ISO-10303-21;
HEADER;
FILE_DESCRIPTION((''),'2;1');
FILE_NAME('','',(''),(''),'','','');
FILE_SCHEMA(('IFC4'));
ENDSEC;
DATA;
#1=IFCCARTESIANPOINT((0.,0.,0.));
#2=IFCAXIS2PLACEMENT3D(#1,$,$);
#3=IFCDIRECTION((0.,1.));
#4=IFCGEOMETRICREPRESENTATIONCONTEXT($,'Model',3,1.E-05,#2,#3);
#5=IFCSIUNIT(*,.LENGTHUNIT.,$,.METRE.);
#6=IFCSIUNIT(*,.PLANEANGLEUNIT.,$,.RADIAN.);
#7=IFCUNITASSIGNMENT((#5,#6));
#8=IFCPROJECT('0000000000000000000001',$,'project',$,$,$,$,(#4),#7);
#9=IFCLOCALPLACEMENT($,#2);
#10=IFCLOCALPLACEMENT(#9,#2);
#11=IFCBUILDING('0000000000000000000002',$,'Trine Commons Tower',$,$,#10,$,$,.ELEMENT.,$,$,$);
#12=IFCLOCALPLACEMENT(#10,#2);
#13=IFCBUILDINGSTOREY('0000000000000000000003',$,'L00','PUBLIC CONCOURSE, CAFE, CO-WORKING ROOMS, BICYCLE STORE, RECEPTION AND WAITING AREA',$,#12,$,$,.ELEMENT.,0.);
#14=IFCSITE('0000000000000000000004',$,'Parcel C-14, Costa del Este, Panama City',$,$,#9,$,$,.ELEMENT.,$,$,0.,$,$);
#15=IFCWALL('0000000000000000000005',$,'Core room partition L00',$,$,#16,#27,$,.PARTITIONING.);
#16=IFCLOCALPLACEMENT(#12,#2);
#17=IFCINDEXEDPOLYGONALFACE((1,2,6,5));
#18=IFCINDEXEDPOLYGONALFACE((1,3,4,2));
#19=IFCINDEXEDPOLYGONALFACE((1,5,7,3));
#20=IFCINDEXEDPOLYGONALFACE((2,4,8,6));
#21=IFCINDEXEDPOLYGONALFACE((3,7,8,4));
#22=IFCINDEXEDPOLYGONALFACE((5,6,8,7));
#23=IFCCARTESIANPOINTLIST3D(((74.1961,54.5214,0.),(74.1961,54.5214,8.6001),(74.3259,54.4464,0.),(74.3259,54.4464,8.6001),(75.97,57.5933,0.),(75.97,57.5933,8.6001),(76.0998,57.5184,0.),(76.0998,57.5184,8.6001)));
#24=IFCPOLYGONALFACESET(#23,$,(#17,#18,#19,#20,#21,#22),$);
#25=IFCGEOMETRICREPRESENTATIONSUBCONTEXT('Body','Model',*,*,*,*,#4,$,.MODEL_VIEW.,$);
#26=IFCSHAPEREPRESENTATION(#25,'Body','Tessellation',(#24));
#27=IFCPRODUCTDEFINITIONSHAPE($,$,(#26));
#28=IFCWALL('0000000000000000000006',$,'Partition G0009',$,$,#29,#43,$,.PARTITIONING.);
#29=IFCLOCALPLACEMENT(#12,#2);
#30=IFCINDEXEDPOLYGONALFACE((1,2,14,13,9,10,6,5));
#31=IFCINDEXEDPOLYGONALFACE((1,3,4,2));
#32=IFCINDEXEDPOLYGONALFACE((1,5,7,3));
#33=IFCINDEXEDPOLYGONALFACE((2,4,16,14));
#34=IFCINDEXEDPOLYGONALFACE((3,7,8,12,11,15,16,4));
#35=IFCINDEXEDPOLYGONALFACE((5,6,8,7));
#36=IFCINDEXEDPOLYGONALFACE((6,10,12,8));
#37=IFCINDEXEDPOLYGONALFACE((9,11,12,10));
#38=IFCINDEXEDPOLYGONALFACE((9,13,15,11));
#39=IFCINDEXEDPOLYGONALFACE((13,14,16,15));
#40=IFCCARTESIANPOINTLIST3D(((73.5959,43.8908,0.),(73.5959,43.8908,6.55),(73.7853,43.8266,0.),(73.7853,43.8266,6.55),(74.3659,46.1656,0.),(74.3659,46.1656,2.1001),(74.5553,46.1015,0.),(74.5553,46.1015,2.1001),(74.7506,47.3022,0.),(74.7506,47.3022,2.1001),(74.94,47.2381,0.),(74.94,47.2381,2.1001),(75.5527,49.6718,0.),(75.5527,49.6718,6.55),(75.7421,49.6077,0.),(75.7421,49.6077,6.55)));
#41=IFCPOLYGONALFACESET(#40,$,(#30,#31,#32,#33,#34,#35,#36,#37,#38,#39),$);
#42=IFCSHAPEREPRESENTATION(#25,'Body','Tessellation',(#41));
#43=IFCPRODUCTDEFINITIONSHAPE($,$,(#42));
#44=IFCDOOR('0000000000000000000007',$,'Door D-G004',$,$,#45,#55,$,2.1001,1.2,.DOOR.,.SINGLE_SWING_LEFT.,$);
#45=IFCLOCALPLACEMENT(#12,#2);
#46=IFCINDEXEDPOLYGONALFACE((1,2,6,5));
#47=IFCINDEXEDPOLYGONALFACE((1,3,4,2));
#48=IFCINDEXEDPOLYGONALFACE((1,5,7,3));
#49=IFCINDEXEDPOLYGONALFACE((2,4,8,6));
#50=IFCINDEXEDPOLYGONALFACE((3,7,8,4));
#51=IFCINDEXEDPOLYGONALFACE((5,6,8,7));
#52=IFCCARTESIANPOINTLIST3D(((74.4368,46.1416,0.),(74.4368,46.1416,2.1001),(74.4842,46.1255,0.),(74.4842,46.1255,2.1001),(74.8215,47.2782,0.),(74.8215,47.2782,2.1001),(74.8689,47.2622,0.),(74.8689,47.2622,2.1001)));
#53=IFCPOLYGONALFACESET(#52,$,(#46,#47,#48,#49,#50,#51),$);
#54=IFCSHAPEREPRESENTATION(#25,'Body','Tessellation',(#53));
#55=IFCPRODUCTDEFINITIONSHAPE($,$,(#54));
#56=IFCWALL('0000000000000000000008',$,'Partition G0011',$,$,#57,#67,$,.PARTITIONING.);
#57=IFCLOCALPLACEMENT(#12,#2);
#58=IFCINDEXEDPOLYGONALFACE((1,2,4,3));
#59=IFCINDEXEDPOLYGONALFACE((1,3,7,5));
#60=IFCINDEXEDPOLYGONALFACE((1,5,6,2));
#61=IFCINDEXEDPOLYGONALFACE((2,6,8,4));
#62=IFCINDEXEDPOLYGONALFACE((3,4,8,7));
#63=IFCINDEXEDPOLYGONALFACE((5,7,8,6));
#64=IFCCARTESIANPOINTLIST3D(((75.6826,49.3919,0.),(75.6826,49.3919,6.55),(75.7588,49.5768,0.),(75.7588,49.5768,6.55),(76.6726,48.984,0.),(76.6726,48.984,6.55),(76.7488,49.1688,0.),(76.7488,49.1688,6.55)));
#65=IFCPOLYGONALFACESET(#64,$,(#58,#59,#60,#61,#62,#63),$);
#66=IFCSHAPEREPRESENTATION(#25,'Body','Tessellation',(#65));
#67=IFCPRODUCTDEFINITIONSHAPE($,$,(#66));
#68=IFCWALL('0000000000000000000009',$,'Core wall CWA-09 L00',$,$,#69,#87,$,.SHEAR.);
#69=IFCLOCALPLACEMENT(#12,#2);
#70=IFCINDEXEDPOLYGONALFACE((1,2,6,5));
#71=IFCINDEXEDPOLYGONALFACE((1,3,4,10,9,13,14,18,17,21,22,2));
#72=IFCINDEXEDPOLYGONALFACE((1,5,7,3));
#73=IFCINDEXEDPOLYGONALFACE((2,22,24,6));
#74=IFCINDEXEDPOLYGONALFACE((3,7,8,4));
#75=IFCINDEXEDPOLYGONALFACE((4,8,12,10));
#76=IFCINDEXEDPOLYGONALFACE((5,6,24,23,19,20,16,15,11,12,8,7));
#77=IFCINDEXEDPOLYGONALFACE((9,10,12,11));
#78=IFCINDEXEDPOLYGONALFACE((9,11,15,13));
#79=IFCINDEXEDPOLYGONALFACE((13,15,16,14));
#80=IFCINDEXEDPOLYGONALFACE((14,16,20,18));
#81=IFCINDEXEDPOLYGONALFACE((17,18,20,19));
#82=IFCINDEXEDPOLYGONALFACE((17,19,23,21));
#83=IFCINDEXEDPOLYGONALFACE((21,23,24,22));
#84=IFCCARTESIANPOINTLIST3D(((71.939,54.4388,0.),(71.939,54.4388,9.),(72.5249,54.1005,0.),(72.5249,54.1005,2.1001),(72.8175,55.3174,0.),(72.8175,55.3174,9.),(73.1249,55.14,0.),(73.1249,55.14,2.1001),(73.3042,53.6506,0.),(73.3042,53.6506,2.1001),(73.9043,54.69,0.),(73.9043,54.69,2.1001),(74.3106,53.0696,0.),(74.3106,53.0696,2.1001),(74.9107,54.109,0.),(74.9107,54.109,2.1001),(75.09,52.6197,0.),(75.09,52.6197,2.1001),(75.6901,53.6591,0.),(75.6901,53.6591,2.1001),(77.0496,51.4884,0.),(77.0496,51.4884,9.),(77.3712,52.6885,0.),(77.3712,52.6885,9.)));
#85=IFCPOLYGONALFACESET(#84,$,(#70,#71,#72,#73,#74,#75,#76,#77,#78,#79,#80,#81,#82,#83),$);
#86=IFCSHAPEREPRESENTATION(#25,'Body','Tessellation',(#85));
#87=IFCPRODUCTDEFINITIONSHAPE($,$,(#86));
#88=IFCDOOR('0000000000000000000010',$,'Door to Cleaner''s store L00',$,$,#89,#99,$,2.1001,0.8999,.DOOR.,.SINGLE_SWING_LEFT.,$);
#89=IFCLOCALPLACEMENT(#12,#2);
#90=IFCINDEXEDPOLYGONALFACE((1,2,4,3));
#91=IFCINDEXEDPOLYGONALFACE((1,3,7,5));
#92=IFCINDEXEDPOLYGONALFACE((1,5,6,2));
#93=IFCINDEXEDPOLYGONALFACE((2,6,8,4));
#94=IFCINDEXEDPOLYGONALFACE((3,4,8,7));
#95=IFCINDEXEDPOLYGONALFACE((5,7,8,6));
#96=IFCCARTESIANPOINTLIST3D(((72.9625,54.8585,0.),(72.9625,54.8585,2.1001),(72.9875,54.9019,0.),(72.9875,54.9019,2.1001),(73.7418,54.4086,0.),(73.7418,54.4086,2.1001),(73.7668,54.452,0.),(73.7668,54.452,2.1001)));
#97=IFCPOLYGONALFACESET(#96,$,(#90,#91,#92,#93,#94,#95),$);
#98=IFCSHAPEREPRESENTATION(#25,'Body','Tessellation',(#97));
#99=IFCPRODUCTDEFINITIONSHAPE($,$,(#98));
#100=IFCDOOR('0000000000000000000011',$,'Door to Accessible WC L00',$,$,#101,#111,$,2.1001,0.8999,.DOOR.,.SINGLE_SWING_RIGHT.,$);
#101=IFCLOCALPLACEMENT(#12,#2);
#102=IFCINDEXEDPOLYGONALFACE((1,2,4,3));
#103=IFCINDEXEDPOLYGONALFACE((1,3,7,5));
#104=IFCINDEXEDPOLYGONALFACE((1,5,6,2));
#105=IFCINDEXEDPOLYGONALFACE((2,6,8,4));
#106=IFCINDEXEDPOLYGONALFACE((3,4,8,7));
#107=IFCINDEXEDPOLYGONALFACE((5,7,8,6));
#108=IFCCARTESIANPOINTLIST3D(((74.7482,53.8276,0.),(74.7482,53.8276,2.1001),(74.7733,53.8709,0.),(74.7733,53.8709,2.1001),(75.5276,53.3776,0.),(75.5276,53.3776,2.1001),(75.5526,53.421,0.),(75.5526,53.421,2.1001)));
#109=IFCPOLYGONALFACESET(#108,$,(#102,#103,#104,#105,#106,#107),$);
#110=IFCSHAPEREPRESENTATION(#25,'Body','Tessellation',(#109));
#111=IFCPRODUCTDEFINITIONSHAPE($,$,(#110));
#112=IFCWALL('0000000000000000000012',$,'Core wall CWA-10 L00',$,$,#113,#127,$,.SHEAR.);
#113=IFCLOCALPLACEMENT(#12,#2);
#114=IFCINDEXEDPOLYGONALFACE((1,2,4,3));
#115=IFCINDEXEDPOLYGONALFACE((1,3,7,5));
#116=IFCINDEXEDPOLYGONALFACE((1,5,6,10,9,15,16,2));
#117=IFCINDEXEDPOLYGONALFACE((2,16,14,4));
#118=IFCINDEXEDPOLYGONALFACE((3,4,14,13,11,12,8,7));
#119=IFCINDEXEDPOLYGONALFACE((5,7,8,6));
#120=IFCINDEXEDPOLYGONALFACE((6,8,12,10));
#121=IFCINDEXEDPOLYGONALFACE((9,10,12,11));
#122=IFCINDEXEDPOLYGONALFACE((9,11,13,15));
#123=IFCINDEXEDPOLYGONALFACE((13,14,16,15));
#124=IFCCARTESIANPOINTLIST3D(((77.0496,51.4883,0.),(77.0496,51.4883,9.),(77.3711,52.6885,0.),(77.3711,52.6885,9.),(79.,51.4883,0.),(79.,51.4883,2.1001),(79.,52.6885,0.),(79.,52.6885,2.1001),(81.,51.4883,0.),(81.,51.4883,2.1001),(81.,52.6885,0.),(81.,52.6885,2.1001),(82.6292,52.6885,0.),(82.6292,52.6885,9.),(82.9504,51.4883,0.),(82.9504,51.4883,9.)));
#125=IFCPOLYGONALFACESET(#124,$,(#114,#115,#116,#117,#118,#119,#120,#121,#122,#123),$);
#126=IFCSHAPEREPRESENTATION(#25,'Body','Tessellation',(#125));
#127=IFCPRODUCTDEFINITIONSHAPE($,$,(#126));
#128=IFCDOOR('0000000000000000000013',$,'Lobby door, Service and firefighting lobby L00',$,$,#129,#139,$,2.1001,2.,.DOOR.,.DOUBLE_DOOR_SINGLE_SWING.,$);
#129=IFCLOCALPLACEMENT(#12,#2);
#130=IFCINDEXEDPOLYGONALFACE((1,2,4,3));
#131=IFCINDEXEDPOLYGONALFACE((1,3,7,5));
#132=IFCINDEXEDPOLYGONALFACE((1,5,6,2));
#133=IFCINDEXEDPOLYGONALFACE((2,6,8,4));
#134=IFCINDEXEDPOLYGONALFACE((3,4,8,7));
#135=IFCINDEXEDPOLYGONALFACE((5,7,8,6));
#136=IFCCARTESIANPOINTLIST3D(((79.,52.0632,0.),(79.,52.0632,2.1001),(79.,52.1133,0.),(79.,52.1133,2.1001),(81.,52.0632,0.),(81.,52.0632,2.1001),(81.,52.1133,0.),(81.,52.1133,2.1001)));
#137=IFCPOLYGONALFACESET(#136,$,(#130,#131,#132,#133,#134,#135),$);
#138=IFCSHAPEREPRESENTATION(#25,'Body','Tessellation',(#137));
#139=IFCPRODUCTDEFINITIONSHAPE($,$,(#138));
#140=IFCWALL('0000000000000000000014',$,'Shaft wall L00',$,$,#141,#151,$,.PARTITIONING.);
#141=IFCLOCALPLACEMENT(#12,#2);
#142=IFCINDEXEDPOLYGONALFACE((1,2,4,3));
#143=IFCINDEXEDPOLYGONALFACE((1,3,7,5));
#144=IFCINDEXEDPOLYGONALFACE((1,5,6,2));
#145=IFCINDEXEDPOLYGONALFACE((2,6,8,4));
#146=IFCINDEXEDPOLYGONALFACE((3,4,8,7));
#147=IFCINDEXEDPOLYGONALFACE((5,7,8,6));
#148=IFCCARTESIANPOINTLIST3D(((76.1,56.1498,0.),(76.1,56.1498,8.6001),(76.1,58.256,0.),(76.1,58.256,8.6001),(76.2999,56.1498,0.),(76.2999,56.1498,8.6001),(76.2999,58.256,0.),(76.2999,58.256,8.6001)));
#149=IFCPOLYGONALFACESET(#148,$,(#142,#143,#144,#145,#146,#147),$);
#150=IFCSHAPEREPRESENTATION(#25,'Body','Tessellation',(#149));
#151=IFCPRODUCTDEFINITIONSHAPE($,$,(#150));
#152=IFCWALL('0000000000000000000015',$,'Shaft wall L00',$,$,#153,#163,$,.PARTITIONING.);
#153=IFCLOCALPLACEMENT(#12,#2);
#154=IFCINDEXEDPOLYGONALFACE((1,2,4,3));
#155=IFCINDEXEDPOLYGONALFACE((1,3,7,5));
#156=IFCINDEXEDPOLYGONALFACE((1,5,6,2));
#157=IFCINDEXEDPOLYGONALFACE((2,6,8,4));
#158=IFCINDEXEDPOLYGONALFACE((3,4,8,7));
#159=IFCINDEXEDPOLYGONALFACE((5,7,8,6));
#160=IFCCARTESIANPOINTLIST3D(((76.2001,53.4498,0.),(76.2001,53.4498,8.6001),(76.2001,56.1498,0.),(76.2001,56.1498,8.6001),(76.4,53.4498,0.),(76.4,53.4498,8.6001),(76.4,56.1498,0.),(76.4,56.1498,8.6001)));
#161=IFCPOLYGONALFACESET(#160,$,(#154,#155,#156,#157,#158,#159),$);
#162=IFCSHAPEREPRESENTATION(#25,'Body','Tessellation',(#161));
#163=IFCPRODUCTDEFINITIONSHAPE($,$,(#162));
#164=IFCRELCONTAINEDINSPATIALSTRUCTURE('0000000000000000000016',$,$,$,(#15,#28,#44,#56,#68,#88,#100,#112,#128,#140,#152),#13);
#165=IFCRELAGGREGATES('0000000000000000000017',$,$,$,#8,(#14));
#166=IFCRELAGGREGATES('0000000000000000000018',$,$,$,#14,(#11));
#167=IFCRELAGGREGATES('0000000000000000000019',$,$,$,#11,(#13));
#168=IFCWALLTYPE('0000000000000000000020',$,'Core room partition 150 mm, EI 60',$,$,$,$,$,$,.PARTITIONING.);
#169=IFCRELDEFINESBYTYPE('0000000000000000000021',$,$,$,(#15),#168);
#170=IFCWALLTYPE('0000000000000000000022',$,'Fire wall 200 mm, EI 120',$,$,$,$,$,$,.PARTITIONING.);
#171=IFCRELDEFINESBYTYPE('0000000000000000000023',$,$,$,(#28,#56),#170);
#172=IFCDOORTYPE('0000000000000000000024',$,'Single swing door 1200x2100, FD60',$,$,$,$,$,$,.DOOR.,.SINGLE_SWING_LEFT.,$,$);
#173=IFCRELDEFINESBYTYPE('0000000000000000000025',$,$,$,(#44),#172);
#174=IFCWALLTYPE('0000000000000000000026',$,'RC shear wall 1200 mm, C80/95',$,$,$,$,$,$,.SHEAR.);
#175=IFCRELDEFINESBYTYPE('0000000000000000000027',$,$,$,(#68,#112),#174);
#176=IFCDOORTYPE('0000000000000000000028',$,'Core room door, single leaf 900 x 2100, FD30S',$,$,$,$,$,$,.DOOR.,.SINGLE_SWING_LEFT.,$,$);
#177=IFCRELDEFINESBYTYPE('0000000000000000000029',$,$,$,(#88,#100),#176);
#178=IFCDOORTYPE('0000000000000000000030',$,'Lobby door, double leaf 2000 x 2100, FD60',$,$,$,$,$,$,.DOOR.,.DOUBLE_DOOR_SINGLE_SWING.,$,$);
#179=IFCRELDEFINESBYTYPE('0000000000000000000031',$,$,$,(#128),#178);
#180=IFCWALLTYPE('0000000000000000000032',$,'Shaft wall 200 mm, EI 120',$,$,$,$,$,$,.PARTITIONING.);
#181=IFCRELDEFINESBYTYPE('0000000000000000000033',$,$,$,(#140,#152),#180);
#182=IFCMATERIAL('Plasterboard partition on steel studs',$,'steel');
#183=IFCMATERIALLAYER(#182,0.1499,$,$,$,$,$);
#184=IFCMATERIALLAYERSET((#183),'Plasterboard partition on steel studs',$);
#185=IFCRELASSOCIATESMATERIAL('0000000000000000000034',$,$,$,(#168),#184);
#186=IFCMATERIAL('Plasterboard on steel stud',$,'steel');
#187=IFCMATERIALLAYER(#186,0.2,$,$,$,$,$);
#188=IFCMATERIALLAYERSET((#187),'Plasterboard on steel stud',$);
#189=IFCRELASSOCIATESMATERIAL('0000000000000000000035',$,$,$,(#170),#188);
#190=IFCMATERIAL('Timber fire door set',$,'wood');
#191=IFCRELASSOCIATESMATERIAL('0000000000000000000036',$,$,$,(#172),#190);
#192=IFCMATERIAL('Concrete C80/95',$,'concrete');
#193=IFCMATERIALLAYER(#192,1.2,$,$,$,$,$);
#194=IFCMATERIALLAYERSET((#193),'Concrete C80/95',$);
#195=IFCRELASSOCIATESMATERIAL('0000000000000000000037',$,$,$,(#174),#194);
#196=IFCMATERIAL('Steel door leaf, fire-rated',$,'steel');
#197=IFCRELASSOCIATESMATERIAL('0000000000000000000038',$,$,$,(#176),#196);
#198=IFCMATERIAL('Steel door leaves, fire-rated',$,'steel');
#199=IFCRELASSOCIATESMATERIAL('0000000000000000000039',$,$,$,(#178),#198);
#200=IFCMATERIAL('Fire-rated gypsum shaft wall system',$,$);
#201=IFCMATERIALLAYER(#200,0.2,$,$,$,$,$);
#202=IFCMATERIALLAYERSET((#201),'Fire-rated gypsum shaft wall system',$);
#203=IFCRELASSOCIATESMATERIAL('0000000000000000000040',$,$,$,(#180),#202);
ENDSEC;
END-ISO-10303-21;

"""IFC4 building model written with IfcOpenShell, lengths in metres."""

from ifc_helpers import new_model, si_unit, direction, frame, frame_2d, origin, place, context, subcontext, project, spatial, polyline, rectangle, outline, extrude, material, layer, layer_set, type_object, element, fill, save


model = new_model("IFC4")

# Units and contexts
model_context = context("Model", 3, precision=1e-05, world=origin(), true_north=direction((0.0, 1.0)))
body_context = subcontext(model_context, "Body", "Model", "MODEL_VIEW")
ifc_project = project(units=[si_unit("LENGTHUNIT", "METRE"), si_unit("PLANEANGLEUNIT", "RADIAN")], contexts=[model_context])

# Site, building, storey
site_placement = place(None, origin())
site = spatial("IfcSite", under=ifc_project, at=site_placement, Name="Parcel C-14, Costa del Este, Panama City", CompositionType="ELEMENT", RefElevation=0.0)
building_placement = place(site_placement, origin())
building = spatial("IfcBuilding", under=site, at=building_placement, Name="Trine Commons Tower", CompositionType="ELEMENT")
storey_placement = place(building_placement, origin())
storey = spatial("IfcBuildingStorey", under=building, at=storey_placement, Name="L00", Description="PUBLIC CONCOURSE, CAFE, CO-WORKING ROOMS, BICYCLE STORE, RECEPTION AND WAITING AREA", CompositionType="ELEMENT", Elevation=0.0)

# Shared definitions
ifc_material_1 = material(Name="Concrete C80/95", Category="concrete")

# Wall
ifc_material_2 = material(Name="Plasterboard partition on steel studs", Category="steel")
ifc_layer_1 = layer(ifc_material_2, 0.1499)
ifc_layer_set_1 = layer_set([ifc_layer_1], Name="Plasterboard partition on steel studs")
wall_type_1 = type_object("IfcWallType", Name="Core room partition 150 mm, EI 60", PredefinedType="PARTITIONING", material=ifc_layer_set_1)
wall_1_placement = place(storey_placement, frame((74.261, 54.4839, 0.0), z_axis=(0.0, 0.0, 1.0), x_axis=(0.500062, 0.86599, 0.0)))
element("IfcWall", 1, at=wall_1_placement, inside=storey, type_object=wall_type_1, Name="Core room partition L00", PredefinedType="PARTITIONING", context=body_context, shape_type="SweptSolid", body=[
    extrude(rectangle(XDim=3.5474, YDim=0.1499, at=frame_2d((1.7737, 0.0))), origin(), (0.0, 0.0, 1.0), 8.6001),
])

# Wall, opening, door
ifc_material_3 = material(Name="Plasterboard on steel stud", Category="steel")
ifc_layer_2 = layer(ifc_material_3, 0.2)
ifc_layer_set_2 = layer_set([ifc_layer_2], Name="Plasterboard on steel stud")
wall_type_2 = type_object("IfcWallType", Name="Fire wall 200 mm, EI 120", PredefinedType="PARTITIONING", material=ifc_layer_set_2)
wall_2_placement = place(storey_placement, frame((75.6475, 49.6399, 0.0), z_axis=(0.0, 0.0, 1.0), x_axis=(-0.320617, -0.947209, 0.0)))
wall_2 = element("IfcWall", 2, at=wall_2_placement, inside=storey, type_object=wall_type_2, Name="Partition G0009", PredefinedType="PARTITIONING", context=body_context, shape_type="SweptSolid", body=[
    extrude(rectangle(XDim=6.1033, YDim=0.2, at=frame_2d((3.0518, 0.0))), origin(), (0.0, 0.0, 1.0), 6.55),
])
opening_1_placement = place(wall_2_placement, frame((2.5017, 0.0, 0.0)))
opening_1 = element("IfcOpeningElement", 3, at=opening_1_placement, cuts=wall_2, PredefinedType="OPENING", context=body_context, shape_type="SweptSolid", body=[
    extrude(rectangle(XDim=1.2, YDim=2.1001, at=frame_2d((0.6001, 1.05))), frame((0.0, 0.1099, 0.0), z_axis=(0.0, -1.0, 0.0), x_axis=(1.0, 0.0, 0.0)), (0.0, 0.0, 1.0), 0.22),
])
ifc_material_4 = material(Name="Timber fire door set", Category="wood")
door_type_1 = type_object("IfcDoorType", Name="Single swing door 1200x2100, FD60", OperationType="SINGLE_SWING_LEFT", PredefinedType="DOOR", material=ifc_material_4)
door_1_placement = place(opening_1_placement, origin())
door_1 = element("IfcDoor", 4, at=door_1_placement, inside=storey, type_object=door_type_1, Name="Door D-G004", OperationType="SINGLE_SWING_LEFT", OverallHeight=2.1001, OverallWidth=1.2, PredefinedType="DOOR", context=body_context, shape_type="SweptSolid", body=[
    extrude(rectangle(XDim=1.2, YDim=2.1001, at=frame_2d((0.6001, 1.05))), frame((0.0, 0.0249, 0.0), z_axis=(0.0, -1.0, 0.0), x_axis=(1.0, 0.0, 0.0)), (0.0, 0.0, 1.0), 0.05),
])
fill(opening_1, door_1)

# Wall
wall_3_placement = place(storey_placement, frame((75.7207, 49.4844, 0.0), z_axis=(0.0, 0.0, 1.0), x_axis=(0.924574, -0.381002, 0.0)))
element("IfcWall", 5, at=wall_3_placement, inside=storey, type_object=wall_type_2, Name="Partition G0011", PredefinedType="PARTITIONING", context=body_context, shape_type="SweptSolid", body=[
    extrude(rectangle(XDim=1.0708, YDim=0.2, at=frame_2d((0.5354, 0.0))), origin(), (0.0, 0.0, 1.0), 6.55),
])

# Wall, openings, doors
ifc_layer_3 = layer(ifc_material_1, 1.2)
ifc_layer_set_3 = layer_set([ifc_layer_3], Name="Concrete C80/95")
wall_type_3 = type_object("IfcWallType", Name="RC shear wall 1200 mm, C80/95", PredefinedType="SHEAR", material=ifc_layer_set_3)
wall_4_placement = place(storey_placement, frame((72.239, 54.9585, 0.0), z_axis=(0.0, 0.0, 1.0), x_axis=(0.866037, -0.499979, 0.0)))
wall_4 = element("IfcWall", 6, at=wall_4_placement, inside=storey, type_object=wall_type_3, Name="Core wall CWA-09 L00", PredefinedType="SHEAR", context=body_context, shape_type="SweptSolid", body=[
    extrude(outline(polyline([(0.0, -0.6001), (5.9011, -0.6001), (5.5796, 0.6001), (0.3215, 0.6001), (0.0, -0.6001)])), origin(), (0.0, 0.0, 1.0), 9.0),
])
opening_2_placement = place(wall_4_placement, frame((0.6765, 0.0, 0.0)))
opening_2 = element("IfcOpeningElement", 7, at=opening_2_placement, cuts=wall_4, PredefinedType="OPENING", context=body_context, shape_type="SweptSolid", body=[
    extrude(rectangle(XDim=0.8999, YDim=2.1001, at=frame_2d((0.45, 1.05))), frame((0.0, 0.6099, 0.0), z_axis=(0.0, -1.0, 0.0), x_axis=(1.0, 0.0, 0.0)), (0.0, 0.0, 1.0), 1.22),
])
opening_3_placement = place(wall_4_placement, frame((2.7385, 0.0, 0.0)))
opening_3 = element("IfcOpeningElement", 8, at=opening_3_placement, cuts=wall_4, PredefinedType="OPENING", context=body_context, shape_type="SweptSolid", body=[
    extrude(rectangle(XDim=0.8999, YDim=2.1001, at=frame_2d((0.45, 1.05))), frame((0.0, 0.6099, 0.0), z_axis=(0.0, -1.0, 0.0), x_axis=(1.0, 0.0, 0.0)), (0.0, 0.0, 1.0), 1.22),
])
ifc_material_5 = material(Name="Steel door leaf, fire-rated", Category="steel")
door_type_2 = type_object("IfcDoorType", Name="Core room door, single leaf 900 x 2100, FD30S", OperationType="SINGLE_SWING_LEFT", PredefinedType="DOOR", material=ifc_material_5)
door_2_placement = place(opening_2_placement, origin())
door_2 = element("IfcDoor", 9, at=door_2_placement, inside=storey, type_object=door_type_2, Name="Door to Cleaner's store L00", OperationType="SINGLE_SWING_LEFT", OverallHeight=2.1001, OverallWidth=0.8999, PredefinedType="DOOR", context=body_context, shape_type="SweptSolid", body=[
    extrude(rectangle(XDim=0.8999, YDim=2.1001, at=frame_2d((0.45, 1.05))), frame((0.0, 0.3252, 0.0), z_axis=(0.0, -1.0, 0.0), x_axis=(1.0, 0.0, 0.0)), (0.0, 0.0, 1.0), 0.05),
])
fill(opening_2, door_2)
door_3_placement = place(opening_3_placement, origin())
door_3 = element("IfcDoor", 10, at=door_3_placement, inside=storey, type_object=door_type_2, Name="Door to Accessible WC L00", OperationType="SINGLE_SWING_RIGHT", OverallHeight=2.1001, OverallWidth=0.8999, PredefinedType="DOOR", context=body_context, shape_type="SweptSolid", body=[
    extrude(rectangle(XDim=0.8999, YDim=2.1001, at=frame_2d((0.45, 1.05))), frame((0.0, 0.3252, 0.0), z_axis=(0.0, -1.0, 0.0), x_axis=(1.0, 0.0, 0.0)), (0.0, 0.0, 1.0), 0.05),
])
fill(opening_3, door_3)

# Wall, opening, door
wall_5_placement = place(storey_placement, frame((77.0496, 52.0884, 0.0), z_axis=(0.0, 0.0, 1.0), x_axis=(1.0, 0.0, 0.0)))
wall_5 = element("IfcWall", 11, at=wall_5_placement, inside=storey, type_object=wall_type_3, Name="Core wall CWA-10 L00", PredefinedType="SHEAR", context=body_context, shape_type="SweptSolid", body=[
    extrude(outline(polyline([(0.0, -0.6001), (5.9009, -0.6001), (5.5796, 0.6001), (0.3215, 0.6001), (0.0, -0.6001)])), origin(), (0.0, 0.0, 1.0), 9.0),
])
opening_4_placement = place(wall_5_placement, frame((1.9504, 0.0, 0.0)))
opening_4 = element("IfcOpeningElement", 12, at=opening_4_placement, cuts=wall_5, PredefinedType="OPENING", context=body_context, shape_type="SweptSolid", body=[
    extrude(rectangle(XDim=2.0, YDim=2.1001, at=frame_2d((1.0, 1.05))), frame((0.0, 0.6099, 0.0), z_axis=(0.0, -1.0, 0.0), x_axis=(1.0, 0.0, 0.0)), (0.0, 0.0, 1.0), 1.22),
])
ifc_material_6 = material(Name="Steel door leaves, fire-rated", Category="steel")
door_type_3 = type_object("IfcDoorType", Name="Lobby door, double leaf 2000 x 2100, FD60", OperationType="DOUBLE_DOOR_SINGLE_SWING", PredefinedType="DOOR", material=ifc_material_6)
door_4_placement = place(opening_4_placement, origin())
door_4 = element("IfcDoor", 13, at=door_4_placement, inside=storey, type_object=door_type_3, Name="Lobby door, Service and firefighting lobby L00", OperationType="DOUBLE_DOOR_SINGLE_SWING", OverallHeight=2.1001, OverallWidth=2.0, PredefinedType="DOOR", context=body_context, shape_type="SweptSolid", body=[
    extrude(rectangle(XDim=2.0, YDim=2.1001, at=frame_2d((1.0, 1.05))), frame((0.0, 0.0249, 0.0), z_axis=(0.0, -1.0, 0.0), x_axis=(1.0, 0.0, 0.0)), (0.0, 0.0, 1.0), 0.05),
])
fill(opening_4, door_4)

# Walls
ifc_material_7 = material(Name="Fire-rated gypsum shaft wall system")
ifc_layer_4 = layer(ifc_material_7, 0.2)
ifc_layer_set_4 = layer_set([ifc_layer_4], Name="Fire-rated gypsum shaft wall system")
wall_type_4 = type_object("IfcWallType", Name="Shaft wall 200 mm, EI 120", PredefinedType="PARTITIONING", material=ifc_layer_set_4)
wall_6_placement = place(storey_placement, frame((76.2, 58.2561, 0.0), z_axis=(0.0, 0.0, 1.0), x_axis=(0.0, -1.0, 0.0)))
element("IfcWall", 14, at=wall_6_placement, inside=storey, type_object=wall_type_4, Name="Shaft wall L00", PredefinedType="PARTITIONING", context=body_context, shape_type="SweptSolid", body=[
    extrude(rectangle(XDim=2.1062, YDim=0.2, at=frame_2d((1.0532, 0.0))), origin(), (0.0, 0.0, 1.0), 8.6001),
])
wall_7_placement = place(storey_placement, frame((76.3, 56.1499, 0.0), z_axis=(0.0, 0.0, 1.0), x_axis=(0.0, -1.0, 0.0)))
element("IfcWall", 15, at=wall_7_placement, inside=storey, type_object=wall_type_4, Name="Shaft wall L00", PredefinedType="PARTITIONING", context=body_context, shape_type="SweptSolid", body=[
    extrude(rectangle(XDim=2.7, YDim=0.2, at=frame_2d((1.3501, 0.0))), origin(), (0.0, 0.0, 1.0), 8.6001),
])

save(model, "model.ifc")
